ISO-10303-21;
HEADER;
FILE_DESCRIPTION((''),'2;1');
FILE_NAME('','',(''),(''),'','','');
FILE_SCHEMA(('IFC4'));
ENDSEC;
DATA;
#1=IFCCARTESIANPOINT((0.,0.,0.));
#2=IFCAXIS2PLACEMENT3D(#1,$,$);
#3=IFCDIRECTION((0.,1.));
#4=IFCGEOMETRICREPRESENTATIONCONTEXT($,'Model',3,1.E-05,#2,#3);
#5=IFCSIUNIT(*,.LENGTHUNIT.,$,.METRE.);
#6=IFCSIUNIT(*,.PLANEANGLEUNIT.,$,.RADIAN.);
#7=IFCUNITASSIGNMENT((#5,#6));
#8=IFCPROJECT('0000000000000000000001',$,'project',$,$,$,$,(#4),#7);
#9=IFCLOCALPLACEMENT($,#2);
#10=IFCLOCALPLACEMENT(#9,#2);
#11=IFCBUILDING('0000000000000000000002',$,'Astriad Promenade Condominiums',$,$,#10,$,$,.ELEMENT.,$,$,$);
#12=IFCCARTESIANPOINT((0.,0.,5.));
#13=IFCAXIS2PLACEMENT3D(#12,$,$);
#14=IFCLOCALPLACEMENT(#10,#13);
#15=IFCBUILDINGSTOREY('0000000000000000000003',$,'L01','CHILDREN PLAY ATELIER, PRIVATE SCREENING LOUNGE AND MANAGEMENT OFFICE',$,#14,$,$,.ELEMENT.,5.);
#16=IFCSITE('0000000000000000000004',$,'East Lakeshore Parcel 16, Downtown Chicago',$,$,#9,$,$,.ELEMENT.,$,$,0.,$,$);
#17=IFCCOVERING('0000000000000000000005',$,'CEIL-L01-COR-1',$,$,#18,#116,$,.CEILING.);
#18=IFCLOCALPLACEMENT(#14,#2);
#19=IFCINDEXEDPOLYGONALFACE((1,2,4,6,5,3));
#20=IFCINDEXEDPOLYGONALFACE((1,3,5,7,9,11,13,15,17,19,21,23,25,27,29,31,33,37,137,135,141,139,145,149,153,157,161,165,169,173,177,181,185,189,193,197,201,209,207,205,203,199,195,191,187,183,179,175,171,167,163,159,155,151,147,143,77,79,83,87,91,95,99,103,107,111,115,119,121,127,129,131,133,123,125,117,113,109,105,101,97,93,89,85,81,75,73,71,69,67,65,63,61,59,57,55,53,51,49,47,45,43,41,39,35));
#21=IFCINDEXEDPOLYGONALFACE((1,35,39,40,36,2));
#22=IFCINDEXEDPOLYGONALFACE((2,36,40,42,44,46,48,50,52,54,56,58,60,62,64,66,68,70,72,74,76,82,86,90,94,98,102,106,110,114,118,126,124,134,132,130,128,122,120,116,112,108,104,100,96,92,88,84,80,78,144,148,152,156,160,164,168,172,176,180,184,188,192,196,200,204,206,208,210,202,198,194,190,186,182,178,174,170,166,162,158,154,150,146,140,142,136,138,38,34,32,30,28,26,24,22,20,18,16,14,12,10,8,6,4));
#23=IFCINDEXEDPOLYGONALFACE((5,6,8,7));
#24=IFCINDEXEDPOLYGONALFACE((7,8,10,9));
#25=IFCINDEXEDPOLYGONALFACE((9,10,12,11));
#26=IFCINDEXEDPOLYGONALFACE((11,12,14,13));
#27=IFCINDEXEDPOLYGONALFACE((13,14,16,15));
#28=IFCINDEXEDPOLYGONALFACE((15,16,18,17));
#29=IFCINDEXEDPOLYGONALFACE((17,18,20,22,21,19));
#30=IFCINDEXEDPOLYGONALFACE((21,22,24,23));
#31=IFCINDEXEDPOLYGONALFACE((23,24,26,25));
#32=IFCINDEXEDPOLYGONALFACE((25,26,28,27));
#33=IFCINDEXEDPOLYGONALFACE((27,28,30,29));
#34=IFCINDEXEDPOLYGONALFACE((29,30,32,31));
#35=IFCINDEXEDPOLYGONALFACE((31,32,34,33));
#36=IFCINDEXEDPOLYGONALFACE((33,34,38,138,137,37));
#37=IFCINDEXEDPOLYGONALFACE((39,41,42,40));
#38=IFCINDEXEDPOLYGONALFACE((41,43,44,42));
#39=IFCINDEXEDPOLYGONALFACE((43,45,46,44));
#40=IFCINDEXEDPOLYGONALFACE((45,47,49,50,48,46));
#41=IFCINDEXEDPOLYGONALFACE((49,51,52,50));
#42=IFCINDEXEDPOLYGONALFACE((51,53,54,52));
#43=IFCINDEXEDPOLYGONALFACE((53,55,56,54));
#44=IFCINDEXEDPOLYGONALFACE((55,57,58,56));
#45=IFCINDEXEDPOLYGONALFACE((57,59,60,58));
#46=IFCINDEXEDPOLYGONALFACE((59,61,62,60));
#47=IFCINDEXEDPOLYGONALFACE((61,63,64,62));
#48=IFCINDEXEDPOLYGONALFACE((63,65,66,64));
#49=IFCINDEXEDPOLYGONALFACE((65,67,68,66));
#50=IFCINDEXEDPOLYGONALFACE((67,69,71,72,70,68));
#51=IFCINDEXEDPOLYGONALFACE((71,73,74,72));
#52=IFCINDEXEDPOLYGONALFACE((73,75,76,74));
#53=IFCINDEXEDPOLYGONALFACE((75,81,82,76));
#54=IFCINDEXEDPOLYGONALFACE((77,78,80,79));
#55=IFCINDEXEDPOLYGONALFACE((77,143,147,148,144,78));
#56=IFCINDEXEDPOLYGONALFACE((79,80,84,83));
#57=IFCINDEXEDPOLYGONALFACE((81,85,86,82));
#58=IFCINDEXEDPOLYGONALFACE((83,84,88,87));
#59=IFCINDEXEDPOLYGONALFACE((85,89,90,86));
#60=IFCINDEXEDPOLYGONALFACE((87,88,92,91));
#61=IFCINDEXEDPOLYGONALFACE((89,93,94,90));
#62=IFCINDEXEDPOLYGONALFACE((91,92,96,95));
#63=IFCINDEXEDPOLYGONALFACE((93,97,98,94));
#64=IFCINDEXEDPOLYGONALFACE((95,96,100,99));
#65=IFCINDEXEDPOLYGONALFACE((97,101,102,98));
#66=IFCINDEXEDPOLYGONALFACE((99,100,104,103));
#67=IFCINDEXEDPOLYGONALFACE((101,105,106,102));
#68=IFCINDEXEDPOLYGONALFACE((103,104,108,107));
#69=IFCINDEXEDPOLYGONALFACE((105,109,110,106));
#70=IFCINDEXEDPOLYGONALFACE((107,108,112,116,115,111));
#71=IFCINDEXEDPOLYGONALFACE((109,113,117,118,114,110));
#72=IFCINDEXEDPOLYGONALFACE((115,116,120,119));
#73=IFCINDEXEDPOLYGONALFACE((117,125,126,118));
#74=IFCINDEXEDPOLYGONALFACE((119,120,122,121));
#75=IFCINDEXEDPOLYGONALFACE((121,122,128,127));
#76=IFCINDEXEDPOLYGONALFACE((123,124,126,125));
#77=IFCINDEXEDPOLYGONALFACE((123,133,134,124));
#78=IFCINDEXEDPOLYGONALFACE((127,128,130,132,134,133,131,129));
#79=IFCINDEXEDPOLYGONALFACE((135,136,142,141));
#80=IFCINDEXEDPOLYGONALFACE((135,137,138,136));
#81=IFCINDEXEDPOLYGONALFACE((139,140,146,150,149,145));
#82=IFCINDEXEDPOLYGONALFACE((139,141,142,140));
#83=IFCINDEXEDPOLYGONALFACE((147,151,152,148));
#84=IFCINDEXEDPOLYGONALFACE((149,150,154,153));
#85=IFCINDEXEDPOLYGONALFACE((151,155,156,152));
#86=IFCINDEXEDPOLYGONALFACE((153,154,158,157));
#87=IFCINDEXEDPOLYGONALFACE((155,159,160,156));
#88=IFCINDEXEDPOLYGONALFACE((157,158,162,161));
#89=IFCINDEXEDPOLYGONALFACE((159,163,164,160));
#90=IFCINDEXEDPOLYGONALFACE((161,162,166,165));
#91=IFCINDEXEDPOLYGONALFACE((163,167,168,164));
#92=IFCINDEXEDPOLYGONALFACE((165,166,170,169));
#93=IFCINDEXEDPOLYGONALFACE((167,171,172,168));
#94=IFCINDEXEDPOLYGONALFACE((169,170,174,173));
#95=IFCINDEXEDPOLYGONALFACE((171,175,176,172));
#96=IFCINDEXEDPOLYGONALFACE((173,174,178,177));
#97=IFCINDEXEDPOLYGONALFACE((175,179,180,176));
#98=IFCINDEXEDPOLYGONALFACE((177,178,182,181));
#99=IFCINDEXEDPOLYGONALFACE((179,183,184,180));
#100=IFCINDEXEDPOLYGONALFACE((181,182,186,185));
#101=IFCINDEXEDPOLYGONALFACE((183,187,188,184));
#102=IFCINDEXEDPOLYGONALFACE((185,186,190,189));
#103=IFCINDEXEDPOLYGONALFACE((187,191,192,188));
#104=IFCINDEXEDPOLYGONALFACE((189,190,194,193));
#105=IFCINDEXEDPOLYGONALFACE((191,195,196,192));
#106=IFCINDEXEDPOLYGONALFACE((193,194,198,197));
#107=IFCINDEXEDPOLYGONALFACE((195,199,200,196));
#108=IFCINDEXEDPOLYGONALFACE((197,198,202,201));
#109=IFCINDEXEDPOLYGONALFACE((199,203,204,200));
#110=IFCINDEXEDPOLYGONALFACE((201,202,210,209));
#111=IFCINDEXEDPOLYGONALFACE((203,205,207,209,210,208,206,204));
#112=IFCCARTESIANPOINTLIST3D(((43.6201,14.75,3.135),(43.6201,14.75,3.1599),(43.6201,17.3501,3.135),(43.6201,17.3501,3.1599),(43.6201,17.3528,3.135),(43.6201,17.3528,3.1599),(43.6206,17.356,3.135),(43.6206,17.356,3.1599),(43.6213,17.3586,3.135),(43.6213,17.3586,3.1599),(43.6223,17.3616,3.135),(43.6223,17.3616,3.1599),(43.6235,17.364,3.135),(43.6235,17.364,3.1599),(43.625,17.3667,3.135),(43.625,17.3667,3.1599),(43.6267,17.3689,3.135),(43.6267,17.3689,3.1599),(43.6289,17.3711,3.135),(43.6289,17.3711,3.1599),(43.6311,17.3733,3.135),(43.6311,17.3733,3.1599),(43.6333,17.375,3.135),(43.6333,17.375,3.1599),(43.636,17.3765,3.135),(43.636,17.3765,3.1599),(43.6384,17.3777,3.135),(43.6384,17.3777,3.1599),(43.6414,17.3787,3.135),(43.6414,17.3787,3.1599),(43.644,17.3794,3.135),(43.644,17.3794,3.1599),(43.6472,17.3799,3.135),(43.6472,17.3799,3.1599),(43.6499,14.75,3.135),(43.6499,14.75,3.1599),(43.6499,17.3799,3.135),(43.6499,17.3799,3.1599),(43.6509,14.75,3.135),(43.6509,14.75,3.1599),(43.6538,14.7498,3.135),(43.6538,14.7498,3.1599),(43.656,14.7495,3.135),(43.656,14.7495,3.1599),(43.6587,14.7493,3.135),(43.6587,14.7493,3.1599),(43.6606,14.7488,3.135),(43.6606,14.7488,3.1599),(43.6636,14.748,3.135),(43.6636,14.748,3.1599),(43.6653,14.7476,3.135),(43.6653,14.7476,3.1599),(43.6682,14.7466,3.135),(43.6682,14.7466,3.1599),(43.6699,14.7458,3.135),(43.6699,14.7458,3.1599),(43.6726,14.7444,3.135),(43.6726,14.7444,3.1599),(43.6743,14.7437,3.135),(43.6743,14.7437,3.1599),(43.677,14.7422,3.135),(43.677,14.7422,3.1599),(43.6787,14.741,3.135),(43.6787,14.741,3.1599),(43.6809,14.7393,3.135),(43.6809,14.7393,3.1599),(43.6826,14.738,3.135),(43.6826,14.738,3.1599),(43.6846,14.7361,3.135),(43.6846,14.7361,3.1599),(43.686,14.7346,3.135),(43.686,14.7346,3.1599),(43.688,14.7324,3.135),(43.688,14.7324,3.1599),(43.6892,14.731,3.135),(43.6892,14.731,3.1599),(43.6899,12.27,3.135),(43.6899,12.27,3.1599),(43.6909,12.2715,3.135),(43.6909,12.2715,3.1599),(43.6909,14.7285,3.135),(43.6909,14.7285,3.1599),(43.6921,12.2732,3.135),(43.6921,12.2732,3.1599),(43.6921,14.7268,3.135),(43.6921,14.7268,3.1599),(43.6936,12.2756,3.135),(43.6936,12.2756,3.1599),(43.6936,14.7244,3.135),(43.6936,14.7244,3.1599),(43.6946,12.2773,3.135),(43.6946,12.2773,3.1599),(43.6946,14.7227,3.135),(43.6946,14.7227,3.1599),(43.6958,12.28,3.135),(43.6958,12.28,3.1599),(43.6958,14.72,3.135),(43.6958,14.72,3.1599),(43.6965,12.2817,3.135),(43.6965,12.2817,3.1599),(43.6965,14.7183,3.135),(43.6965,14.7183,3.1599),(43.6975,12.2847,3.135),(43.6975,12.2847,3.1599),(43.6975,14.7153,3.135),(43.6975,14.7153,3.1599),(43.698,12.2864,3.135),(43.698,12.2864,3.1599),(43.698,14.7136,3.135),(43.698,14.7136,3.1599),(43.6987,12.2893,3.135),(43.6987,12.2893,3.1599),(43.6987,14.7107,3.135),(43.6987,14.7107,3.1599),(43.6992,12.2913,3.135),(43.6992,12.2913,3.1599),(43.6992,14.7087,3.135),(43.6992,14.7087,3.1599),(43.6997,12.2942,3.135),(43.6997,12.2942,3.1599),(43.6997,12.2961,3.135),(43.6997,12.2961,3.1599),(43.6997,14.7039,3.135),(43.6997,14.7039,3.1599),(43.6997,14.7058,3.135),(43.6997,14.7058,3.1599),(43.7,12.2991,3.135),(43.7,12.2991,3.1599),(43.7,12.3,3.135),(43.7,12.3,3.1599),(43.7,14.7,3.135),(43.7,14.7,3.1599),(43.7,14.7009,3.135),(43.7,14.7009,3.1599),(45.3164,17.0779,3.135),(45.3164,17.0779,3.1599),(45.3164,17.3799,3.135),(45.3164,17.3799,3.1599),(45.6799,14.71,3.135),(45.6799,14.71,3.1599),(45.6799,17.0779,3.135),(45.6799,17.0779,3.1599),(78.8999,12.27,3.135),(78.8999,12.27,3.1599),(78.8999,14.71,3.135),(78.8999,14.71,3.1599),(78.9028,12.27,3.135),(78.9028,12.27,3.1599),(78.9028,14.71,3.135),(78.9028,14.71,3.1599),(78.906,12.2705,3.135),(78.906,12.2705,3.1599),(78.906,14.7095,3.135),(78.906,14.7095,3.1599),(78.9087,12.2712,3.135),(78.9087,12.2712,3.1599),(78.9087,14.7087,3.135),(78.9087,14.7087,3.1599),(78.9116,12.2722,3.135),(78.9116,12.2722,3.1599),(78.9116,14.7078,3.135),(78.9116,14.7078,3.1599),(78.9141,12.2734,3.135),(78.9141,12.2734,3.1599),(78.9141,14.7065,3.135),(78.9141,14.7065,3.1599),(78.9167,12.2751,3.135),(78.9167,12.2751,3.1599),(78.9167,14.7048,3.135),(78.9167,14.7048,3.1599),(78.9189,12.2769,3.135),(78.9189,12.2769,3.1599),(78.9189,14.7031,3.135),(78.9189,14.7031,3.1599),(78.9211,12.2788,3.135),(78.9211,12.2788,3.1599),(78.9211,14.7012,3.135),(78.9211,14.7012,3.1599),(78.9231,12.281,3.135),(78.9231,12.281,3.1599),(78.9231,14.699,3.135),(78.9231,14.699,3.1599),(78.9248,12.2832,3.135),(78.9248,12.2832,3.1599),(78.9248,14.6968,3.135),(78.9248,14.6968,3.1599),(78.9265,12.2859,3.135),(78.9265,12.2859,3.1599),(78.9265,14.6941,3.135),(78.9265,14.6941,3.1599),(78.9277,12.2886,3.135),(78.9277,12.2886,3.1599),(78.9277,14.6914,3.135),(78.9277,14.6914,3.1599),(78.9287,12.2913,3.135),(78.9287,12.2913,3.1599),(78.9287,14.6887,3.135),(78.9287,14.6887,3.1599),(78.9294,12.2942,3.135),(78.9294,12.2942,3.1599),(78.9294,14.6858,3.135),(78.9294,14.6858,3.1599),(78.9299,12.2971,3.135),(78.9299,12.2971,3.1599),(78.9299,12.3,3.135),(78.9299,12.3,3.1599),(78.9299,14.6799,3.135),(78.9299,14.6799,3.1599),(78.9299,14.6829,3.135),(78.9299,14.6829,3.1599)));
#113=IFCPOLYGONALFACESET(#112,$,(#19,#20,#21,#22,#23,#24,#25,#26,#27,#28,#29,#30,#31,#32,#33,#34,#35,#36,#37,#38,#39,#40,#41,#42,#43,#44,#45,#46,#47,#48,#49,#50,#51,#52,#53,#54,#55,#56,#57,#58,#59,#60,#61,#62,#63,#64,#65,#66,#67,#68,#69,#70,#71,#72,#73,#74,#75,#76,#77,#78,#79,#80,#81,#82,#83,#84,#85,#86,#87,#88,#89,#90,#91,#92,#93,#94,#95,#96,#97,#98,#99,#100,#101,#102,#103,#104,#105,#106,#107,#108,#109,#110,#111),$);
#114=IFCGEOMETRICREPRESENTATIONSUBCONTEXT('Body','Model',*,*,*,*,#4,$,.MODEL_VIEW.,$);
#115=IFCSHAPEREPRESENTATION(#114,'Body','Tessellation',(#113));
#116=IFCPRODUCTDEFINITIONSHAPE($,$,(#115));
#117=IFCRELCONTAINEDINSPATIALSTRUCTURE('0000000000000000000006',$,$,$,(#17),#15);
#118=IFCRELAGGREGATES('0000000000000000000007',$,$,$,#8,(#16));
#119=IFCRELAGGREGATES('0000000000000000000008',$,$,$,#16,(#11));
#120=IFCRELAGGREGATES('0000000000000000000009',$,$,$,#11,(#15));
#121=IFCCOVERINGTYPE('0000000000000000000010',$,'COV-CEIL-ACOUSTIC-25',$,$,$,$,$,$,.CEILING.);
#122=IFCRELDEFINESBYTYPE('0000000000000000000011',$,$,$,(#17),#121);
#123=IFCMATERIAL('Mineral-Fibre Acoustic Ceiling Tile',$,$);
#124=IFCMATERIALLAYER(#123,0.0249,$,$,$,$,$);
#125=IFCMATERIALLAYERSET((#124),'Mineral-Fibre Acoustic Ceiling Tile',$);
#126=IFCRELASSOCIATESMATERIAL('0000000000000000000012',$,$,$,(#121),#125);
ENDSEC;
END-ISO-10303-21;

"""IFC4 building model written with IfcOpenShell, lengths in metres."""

from ifc_helpers import new_model, si_unit, direction, frame, origin, place, context, subcontext, project, spatial, polyline, outline, extrude, material, layer, layer_set, type_object, element, save


model = new_model("IFC4")

# Units and contexts
model_context = context("Model", 3, precision=1e-05, world=origin(), true_north=direction((0.0, 1.0)))
body_context = subcontext(model_context, "Body", "Model", "MODEL_VIEW")
ifc_project = project(units=[si_unit("LENGTHUNIT", "METRE"), si_unit("PLANEANGLEUNIT", "RADIAN")], contexts=[model_context])

# Site, building, storey
site_placement = place(None, origin())
site = spatial("IfcSite", under=ifc_project, at=site_placement, Name="East Lakeshore Parcel 16, Downtown Chicago", CompositionType="ELEMENT", RefElevation=0.0)
building_placement = place(site_placement, origin())
building = spatial("IfcBuilding", under=site, at=building_placement, Name="Astriad Promenade Condominiums", CompositionType="ELEMENT")
storey_placement = place(building_placement, frame((0.0, 0.0, 5.0)))
storey = spatial("IfcBuildingStorey", under=building, at=storey_placement, Name="L01", Description="CHILDREN PLAY ATELIER, PRIVATE SCREENING LOUNGE AND MANAGEMENT OFFICE", CompositionType="ELEMENT", Elevation=5.0)

# Covering
ifc_material_1 = material(Name="Mineral-Fibre Acoustic Ceiling Tile")
ifc_layer_1 = layer(ifc_material_1, 0.0249)
ifc_layer_set_1 = layer_set([ifc_layer_1], Name="Mineral-Fibre Acoustic Ceiling Tile")
covering_type_1 = type_object("IfcCoveringType", Name="COV-CEIL-ACOUSTIC-25", PredefinedType="CEILING", material=ifc_layer_set_1)
covering_1_placement = place(storey_placement, frame((0.0, 0.0, 3.135)))
element("IfcCovering", 1, at=covering_1_placement, inside=storey, type_object=covering_type_1, Name="CEIL-L01-COR-1", PredefinedType="CEILING", context=body_context, shape_type="SweptSolid", body=[
    extrude(outline(polyline([(43.6201, 17.3501), (43.6201, 17.3528), (43.6206, 17.356), (43.6213, 17.3586), (43.6223, 17.3616), (43.6235, 17.364), (43.625, 17.3667), (43.6267, 17.3689), (43.6289, 17.3711), (43.6311, 17.3733), (43.6333, 17.375), (43.636, 17.3765), (43.6384, 17.3777), (43.6414, 17.3787), (43.644, 17.3794), (43.6472, 17.3799), (43.6499, 17.3799), (45.3164, 17.3799), (45.3164, 17.0779), (45.6799, 17.0779), (45.6799, 14.71), (78.8999, 14.71), (78.9028, 14.71), (78.906, 14.7095), (78.9087, 14.7087), (78.9116, 14.7078), (78.9141, 14.7065), (78.9167, 14.7048), (78.9189, 14.7031), (78.9211, 14.7012), (78.9231, 14.699), (78.9248, 14.6968), (78.9265, 14.6941), (78.9277, 14.6914), (78.9287, 14.6887), (78.9294, 14.6858), (78.9299, 14.6829), (78.9299, 14.6799), (78.9299, 12.3), (78.9299, 12.2971), (78.9294, 12.2942), (78.9287, 12.2913), (78.9277, 12.2886), (78.9265, 12.2859), (78.9248, 12.2832), (78.9231, 12.281), (78.9211, 12.2788), (78.9189, 12.2769), (78.9167, 12.2751), (78.9141, 12.2734), (78.9116, 12.2722), (78.9087, 12.2712), (78.906, 12.2705), (78.9028, 12.27), (78.8999, 12.27), (43.6899, 12.27), (43.6909, 12.2715), (43.6921, 12.2732), (43.6936, 12.2756), (43.6946, 12.2773), (43.6958, 12.28), (43.6965, 12.2817), (43.6975, 12.2847), (43.698, 12.2864), (43.6987, 12.2893), (43.6992, 12.2913), (43.6997, 12.2942), (43.6997, 12.2961), (43.7, 12.2991), (43.7, 12.3), (43.7, 14.7), (43.7, 14.7009), (43.6997, 14.7039), (43.6997, 14.7058), (43.6992, 14.7087), (43.6987, 14.7107), (43.698, 14.7136), (43.6975, 14.7153), (43.6965, 14.7183), (43.6958, 14.72), (43.6946, 14.7227), (43.6936, 14.7244), (43.6921, 14.7268), (43.6909, 14.7285), (43.6892, 14.731), (43.688, 14.7324), (43.686, 14.7346), (43.6846, 14.7361), (43.6826, 14.738), (43.6809, 14.7393), (43.6787, 14.741), (43.677, 14.7422), (43.6743, 14.7437), (43.6726, 14.7444), (43.6699, 14.7458), (43.6682, 14.7466), (43.6653, 14.7476), (43.6636, 14.748), (43.6606, 14.7488), (43.6587, 14.7493), (43.656, 14.7495), (43.6538, 14.7498), (43.6509, 14.75), (43.6499, 14.75), (43.6201, 14.75), (43.6201, 17.3501)])), origin(), (0.0, 0.0, 1.0), 0.0249),
])

save(model, "model.ifc")
